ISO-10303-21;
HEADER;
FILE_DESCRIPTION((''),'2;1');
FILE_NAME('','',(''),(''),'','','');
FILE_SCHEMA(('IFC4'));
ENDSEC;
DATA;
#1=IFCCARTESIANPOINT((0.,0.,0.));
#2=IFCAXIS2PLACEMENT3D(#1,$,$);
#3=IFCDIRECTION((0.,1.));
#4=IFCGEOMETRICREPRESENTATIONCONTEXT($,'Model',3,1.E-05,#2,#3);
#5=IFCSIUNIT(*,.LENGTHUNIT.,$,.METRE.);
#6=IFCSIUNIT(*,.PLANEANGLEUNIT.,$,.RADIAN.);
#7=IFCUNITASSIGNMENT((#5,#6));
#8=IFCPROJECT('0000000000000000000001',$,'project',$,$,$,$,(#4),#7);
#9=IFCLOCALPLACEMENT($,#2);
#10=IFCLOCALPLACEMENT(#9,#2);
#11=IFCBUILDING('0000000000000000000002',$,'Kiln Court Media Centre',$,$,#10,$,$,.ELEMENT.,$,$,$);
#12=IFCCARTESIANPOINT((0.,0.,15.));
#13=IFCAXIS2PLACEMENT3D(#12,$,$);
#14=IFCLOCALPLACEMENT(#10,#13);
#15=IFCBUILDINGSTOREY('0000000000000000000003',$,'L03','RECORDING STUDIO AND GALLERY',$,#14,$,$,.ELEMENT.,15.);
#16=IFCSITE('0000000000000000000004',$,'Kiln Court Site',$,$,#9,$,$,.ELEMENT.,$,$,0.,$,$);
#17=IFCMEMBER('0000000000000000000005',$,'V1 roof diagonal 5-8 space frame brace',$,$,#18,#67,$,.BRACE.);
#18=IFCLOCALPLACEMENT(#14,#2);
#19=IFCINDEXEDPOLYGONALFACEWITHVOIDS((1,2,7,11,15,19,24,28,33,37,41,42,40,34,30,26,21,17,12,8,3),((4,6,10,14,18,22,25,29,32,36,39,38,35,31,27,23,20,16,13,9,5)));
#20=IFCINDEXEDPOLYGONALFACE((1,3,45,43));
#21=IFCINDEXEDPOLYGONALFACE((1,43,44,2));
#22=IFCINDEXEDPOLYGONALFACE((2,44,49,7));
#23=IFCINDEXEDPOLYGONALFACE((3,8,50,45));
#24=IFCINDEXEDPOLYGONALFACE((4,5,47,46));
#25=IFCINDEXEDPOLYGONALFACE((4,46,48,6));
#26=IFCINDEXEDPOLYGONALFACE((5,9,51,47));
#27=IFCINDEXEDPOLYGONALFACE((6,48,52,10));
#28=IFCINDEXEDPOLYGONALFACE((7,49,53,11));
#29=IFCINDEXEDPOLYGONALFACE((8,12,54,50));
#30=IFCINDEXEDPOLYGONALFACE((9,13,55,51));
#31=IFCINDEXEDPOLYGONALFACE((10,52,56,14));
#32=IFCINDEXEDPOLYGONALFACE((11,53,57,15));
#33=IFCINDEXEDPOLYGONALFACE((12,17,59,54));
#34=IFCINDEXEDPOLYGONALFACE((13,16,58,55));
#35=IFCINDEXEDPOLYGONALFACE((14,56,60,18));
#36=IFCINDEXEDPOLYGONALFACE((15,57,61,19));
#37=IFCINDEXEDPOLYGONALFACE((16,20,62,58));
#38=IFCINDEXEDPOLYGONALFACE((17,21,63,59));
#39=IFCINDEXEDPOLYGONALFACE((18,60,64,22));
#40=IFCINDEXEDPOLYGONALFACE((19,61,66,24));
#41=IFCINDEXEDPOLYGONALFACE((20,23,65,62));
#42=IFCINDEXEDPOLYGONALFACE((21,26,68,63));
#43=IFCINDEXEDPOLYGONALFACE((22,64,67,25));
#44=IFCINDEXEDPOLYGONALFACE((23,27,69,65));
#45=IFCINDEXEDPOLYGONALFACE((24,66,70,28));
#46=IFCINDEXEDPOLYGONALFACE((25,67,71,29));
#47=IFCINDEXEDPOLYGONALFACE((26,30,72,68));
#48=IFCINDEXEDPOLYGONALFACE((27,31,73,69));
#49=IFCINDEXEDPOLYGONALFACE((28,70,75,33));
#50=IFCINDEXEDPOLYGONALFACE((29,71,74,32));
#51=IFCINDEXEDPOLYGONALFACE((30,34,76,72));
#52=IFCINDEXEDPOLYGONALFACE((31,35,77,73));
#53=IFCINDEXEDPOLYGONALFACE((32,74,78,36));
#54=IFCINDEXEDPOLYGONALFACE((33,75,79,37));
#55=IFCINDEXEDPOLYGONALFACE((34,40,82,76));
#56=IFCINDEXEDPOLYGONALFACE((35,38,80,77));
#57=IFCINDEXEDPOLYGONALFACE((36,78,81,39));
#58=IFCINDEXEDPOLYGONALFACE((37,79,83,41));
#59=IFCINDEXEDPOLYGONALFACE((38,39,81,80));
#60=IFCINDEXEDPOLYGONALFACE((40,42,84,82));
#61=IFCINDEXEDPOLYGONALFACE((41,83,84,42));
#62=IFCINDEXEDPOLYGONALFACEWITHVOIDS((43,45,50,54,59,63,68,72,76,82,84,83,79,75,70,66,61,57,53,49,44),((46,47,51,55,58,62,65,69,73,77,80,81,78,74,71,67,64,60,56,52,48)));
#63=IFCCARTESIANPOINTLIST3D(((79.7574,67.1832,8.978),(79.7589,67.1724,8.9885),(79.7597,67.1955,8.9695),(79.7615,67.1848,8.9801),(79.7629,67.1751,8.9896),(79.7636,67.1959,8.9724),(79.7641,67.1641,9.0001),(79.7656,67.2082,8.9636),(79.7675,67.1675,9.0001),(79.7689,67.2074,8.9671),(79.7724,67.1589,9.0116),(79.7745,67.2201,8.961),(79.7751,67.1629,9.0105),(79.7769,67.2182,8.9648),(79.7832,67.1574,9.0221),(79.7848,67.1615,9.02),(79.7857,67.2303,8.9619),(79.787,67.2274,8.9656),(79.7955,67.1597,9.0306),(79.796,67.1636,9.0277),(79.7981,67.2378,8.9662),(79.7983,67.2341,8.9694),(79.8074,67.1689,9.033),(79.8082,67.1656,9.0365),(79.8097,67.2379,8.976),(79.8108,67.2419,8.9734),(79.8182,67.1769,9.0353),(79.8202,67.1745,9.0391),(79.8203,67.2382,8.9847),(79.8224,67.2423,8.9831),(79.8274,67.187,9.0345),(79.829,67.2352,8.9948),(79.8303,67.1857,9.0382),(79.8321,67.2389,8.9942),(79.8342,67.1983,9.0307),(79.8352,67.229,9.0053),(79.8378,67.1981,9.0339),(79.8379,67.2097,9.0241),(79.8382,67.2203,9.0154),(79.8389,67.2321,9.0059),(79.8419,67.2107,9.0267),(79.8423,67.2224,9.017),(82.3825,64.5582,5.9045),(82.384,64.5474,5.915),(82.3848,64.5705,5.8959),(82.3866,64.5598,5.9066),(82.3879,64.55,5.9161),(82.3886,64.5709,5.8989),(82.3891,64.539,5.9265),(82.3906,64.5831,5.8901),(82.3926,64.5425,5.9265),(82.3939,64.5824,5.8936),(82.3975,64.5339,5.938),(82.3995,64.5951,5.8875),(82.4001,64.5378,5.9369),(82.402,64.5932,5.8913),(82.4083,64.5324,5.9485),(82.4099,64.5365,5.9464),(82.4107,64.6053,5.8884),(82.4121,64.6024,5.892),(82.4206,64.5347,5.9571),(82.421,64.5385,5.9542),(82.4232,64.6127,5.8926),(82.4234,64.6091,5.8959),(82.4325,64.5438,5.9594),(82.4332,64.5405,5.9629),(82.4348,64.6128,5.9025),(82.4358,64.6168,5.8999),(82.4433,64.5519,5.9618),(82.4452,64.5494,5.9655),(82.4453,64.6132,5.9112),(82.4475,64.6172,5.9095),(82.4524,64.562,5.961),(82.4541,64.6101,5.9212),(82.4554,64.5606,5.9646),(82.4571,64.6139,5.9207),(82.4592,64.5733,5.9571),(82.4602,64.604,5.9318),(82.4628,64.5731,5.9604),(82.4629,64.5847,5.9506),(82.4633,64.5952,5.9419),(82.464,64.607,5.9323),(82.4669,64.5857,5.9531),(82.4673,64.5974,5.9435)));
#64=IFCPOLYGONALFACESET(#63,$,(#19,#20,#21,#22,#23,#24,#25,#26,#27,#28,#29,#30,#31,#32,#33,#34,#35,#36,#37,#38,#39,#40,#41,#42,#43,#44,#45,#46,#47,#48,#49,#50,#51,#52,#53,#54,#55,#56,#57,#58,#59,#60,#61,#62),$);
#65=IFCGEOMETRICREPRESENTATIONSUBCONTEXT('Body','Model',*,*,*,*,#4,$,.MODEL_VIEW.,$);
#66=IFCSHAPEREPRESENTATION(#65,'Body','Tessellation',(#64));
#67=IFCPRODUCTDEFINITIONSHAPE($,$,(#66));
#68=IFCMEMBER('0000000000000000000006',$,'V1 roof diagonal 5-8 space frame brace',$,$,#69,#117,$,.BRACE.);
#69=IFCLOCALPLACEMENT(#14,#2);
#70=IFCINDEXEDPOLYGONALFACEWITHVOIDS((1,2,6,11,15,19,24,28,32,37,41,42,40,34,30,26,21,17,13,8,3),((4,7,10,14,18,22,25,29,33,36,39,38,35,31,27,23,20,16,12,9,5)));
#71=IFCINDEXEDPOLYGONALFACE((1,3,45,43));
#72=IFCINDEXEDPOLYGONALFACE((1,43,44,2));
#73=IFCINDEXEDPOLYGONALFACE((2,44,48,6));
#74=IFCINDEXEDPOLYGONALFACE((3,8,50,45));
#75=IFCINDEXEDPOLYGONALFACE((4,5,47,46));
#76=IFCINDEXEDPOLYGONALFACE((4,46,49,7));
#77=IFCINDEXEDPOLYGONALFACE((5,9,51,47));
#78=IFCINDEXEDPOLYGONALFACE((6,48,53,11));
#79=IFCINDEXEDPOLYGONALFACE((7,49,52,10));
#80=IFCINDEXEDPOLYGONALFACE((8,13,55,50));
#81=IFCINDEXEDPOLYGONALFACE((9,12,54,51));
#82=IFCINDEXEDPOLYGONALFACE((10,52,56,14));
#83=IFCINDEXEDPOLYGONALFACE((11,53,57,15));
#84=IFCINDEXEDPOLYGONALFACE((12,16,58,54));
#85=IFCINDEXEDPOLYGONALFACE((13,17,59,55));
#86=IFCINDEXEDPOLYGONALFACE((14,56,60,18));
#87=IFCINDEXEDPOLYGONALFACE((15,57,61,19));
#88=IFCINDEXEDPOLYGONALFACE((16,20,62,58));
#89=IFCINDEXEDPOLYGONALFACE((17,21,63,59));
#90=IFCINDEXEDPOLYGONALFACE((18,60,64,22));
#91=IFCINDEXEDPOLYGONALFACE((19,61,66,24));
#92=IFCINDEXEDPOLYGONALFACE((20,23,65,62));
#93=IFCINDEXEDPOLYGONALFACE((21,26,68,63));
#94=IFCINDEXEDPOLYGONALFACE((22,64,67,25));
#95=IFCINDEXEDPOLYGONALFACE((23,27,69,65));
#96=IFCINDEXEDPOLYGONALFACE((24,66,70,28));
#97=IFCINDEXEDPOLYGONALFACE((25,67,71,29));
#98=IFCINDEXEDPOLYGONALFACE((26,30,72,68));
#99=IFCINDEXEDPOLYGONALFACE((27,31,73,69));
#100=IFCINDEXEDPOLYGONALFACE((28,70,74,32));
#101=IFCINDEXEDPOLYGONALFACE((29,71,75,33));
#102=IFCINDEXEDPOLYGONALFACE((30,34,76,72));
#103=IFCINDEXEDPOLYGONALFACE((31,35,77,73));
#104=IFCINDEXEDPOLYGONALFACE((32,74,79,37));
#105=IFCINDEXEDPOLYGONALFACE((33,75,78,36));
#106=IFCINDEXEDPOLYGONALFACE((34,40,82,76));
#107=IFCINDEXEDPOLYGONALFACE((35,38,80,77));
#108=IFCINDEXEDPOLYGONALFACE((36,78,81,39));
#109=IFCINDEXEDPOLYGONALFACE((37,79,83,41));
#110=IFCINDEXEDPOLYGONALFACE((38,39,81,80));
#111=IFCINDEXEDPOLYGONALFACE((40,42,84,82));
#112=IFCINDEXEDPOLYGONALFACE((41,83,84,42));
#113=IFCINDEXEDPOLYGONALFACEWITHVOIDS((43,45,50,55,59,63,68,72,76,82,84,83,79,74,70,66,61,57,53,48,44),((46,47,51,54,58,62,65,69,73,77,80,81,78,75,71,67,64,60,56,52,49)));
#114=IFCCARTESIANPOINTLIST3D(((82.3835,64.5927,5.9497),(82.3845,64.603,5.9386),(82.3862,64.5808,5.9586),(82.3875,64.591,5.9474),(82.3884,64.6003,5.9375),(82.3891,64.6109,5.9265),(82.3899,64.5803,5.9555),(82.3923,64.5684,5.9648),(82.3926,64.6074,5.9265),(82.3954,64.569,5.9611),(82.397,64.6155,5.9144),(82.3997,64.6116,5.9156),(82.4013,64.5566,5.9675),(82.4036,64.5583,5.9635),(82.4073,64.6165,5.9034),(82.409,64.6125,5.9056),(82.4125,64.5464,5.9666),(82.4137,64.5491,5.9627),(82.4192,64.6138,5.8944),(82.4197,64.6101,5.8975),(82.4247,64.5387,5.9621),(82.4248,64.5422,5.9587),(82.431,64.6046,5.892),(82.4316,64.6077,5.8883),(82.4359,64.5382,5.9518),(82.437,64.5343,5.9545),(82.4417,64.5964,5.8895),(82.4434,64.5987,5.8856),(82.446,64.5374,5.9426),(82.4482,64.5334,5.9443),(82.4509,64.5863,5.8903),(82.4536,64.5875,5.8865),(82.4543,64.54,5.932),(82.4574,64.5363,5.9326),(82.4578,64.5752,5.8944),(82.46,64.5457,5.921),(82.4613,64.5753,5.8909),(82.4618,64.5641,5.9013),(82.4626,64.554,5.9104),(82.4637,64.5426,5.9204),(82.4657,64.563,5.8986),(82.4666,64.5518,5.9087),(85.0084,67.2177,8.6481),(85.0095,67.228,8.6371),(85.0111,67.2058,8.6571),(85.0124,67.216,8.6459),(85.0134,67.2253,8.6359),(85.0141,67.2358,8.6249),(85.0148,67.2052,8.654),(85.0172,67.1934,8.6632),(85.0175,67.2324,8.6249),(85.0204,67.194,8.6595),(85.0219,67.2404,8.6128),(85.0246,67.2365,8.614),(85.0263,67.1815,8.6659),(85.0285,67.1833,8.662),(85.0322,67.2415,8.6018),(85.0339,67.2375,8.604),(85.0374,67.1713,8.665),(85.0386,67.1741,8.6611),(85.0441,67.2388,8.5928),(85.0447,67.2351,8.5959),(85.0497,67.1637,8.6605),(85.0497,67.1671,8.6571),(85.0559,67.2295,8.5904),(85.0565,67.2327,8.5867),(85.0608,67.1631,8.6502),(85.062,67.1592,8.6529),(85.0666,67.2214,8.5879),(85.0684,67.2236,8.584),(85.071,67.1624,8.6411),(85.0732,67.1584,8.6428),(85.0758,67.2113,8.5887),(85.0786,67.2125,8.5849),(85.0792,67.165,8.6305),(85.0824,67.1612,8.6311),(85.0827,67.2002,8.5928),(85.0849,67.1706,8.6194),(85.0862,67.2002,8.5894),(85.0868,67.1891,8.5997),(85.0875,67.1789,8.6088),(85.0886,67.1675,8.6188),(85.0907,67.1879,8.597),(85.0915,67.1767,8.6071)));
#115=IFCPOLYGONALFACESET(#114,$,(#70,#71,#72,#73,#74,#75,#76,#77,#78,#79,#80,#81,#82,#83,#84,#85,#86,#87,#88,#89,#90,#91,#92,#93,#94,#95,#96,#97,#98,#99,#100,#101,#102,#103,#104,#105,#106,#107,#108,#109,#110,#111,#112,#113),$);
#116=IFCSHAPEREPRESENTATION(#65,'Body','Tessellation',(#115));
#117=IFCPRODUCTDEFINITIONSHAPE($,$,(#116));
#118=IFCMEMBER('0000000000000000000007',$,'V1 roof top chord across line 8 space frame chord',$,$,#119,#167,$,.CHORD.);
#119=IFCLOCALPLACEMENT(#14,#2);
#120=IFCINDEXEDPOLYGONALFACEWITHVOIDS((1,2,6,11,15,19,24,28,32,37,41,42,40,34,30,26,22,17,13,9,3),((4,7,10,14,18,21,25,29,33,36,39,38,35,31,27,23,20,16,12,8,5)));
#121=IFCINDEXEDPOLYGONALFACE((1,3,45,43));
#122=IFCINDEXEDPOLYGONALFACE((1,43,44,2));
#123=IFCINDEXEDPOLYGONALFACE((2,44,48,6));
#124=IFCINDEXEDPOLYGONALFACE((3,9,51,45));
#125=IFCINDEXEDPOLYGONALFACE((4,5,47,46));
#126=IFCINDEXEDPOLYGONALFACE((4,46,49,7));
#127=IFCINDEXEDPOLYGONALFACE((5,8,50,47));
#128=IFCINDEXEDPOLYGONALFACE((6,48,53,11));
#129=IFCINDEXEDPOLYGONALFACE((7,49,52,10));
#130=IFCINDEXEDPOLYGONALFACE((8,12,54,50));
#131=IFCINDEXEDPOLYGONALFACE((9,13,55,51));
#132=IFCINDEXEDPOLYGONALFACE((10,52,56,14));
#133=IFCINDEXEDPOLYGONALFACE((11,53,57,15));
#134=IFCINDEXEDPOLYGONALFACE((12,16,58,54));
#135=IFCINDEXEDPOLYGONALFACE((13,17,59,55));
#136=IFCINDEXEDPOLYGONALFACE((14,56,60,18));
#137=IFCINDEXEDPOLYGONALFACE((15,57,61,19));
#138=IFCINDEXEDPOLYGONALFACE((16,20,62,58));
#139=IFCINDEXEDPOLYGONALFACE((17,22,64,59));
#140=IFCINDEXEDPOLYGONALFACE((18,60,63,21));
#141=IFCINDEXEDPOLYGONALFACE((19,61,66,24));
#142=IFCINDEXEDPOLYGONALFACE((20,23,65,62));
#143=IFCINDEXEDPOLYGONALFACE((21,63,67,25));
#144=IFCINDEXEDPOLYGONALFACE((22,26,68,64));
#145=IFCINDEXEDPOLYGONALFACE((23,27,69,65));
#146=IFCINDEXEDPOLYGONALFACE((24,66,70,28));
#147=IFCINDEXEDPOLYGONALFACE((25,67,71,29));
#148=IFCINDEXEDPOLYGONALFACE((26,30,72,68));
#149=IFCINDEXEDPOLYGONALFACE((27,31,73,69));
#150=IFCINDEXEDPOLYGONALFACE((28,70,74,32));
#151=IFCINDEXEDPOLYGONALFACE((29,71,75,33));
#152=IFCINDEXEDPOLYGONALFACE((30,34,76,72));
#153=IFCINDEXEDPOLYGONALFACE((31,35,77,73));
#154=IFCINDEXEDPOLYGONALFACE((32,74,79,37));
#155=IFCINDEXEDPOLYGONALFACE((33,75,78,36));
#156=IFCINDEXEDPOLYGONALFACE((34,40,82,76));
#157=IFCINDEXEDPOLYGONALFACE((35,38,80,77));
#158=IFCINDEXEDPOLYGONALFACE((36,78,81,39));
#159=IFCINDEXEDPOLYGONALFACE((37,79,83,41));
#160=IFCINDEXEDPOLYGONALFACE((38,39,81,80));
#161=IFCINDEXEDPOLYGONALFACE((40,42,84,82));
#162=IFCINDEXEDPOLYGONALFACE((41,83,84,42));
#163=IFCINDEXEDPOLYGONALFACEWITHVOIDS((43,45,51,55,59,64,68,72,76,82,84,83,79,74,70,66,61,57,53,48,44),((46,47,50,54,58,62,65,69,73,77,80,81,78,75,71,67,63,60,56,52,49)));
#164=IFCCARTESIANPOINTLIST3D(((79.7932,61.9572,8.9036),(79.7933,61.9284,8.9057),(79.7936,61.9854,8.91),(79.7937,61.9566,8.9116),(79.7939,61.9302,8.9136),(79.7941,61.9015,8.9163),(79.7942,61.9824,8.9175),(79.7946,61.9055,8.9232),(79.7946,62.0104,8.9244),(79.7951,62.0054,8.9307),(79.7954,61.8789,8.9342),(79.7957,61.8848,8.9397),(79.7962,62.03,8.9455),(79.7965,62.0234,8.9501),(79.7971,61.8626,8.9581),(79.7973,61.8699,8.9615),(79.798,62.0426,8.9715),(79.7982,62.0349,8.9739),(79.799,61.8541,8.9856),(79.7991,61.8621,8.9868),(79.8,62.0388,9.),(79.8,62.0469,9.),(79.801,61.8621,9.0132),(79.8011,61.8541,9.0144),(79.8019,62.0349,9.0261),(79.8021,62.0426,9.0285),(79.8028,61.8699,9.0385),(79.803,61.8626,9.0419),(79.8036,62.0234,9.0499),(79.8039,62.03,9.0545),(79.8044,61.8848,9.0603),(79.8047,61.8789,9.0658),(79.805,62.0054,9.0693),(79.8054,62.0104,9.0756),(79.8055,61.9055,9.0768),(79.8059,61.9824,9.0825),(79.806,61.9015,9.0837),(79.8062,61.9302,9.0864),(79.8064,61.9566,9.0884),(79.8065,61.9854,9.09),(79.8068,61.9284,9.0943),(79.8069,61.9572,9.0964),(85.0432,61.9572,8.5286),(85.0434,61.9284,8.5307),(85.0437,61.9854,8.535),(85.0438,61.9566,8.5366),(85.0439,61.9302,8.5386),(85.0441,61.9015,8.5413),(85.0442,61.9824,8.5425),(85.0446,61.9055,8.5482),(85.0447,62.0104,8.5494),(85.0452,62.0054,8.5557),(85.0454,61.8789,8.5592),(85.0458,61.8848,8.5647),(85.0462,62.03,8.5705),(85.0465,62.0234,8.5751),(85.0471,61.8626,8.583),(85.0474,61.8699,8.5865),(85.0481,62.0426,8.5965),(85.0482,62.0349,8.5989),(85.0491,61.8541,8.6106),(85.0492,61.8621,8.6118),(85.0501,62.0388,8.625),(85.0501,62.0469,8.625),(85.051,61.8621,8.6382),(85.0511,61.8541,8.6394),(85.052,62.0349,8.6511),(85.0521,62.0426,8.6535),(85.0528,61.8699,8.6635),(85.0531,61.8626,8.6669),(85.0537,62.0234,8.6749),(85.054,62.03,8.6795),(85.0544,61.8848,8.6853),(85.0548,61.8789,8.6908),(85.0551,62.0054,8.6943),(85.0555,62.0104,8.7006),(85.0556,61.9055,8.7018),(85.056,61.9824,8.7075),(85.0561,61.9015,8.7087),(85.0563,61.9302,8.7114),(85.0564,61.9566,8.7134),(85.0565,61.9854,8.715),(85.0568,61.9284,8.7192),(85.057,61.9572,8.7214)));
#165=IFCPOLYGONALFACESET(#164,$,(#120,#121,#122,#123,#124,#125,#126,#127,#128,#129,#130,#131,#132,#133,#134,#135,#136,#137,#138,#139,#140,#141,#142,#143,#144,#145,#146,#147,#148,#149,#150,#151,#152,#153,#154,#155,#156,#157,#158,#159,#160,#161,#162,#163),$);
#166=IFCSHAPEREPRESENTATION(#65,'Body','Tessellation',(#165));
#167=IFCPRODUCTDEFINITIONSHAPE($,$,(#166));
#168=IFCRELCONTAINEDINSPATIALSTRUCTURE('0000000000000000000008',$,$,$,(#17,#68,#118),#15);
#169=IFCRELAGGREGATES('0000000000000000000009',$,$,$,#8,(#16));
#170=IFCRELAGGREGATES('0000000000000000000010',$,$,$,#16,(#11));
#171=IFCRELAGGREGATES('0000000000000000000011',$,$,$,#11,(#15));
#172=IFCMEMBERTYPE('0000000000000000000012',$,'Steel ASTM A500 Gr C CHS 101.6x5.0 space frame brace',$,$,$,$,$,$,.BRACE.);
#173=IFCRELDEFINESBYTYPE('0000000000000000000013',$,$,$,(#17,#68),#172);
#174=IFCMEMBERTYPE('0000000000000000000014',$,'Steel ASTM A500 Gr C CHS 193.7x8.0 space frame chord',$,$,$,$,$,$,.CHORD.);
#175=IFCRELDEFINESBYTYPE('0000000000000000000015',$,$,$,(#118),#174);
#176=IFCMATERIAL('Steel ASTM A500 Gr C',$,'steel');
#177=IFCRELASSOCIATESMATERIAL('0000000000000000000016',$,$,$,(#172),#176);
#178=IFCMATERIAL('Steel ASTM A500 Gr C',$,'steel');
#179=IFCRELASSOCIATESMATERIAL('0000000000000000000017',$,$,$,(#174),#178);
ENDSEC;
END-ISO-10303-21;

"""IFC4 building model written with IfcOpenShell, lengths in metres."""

from ifc_helpers import new_model, si_unit, direction, frame, origin, origin_2d, place, context, subcontext, project, spatial, hollow_circle, extrude, material, material_profile, profile_set, type_object, element, save


model = new_model("IFC4")

# Units and contexts
model_context = context("Model", 3, precision=1e-05, world=origin(), true_north=direction((0.0, 1.0)))
body_context = subcontext(model_context, "Body", "Model", "MODEL_VIEW")
ifc_project = project(units=[si_unit("LENGTHUNIT", "METRE"), si_unit("PLANEANGLEUNIT", "RADIAN")], contexts=[model_context])

# Site, building, storey
site_placement = place(None, origin())
site = spatial("IfcSite", under=ifc_project, at=site_placement, Name="Kiln Court Site", CompositionType="ELEMENT", RefElevation=0.0)
building_placement = place(site_placement, origin())
building = spatial("IfcBuilding", under=site, at=building_placement, Name="Kiln Court Media Centre", CompositionType="ELEMENT")
storey_placement = place(building_placement, frame((0.0, 0.0, 15.0)))
storey = spatial("IfcBuildingStorey", under=building, at=storey_placement, Name="L03", Description="RECORDING STUDIO AND GALLERY", CompositionType="ELEMENT", Elevation=15.0)

# Members
ifc_material_1 = material(Name="Steel ASTM A500 Gr C", Category="steel")
ifc_material_profile_1 = material_profile(ifc_material_1, hollow_circle(Radius=0.0508, WallThickness=0.0049, at=origin_2d()), Name="CHS 101.6x5.0")
ifc_profile_set_1 = profile_set([ifc_material_profile_1], Name="Steel ASTM A500 Gr C")
member_type_1 = type_object("IfcMemberType", Name="Steel ASTM A500 Gr C CHS 101.6x5.0 space frame brace", PredefinedType="BRACE", material=ifc_profile_set_1)
member_1_placement = place(storey_placement, frame((82.425, 64.575, 5.9265), z_axis=(-0.544662, 0.544662, 0.637719), x_axis=(-0.707107, -0.707107, 0.0)))
element("IfcMember", 1, at=member_1_placement, inside=storey, type_object=member_type_1, Name="V1 roof diagonal 5-8 space frame brace", PredefinedType="BRACE", context=body_context, shape_type="SweptSolid", body=[
    extrude(hollow_circle(Radius=0.0508, WallThickness=0.0049, at=origin_2d()), origin(), (0.0, 0.0, 1.0), 4.8196),
])
member_2_placement = place(storey_placement, frame((82.425, 64.575, 5.9265), z_axis=(0.571964, 0.571964, 0.587976), x_axis=(-0.707107, 0.707107, 0.0)))
element("IfcMember", 2, at=member_2_placement, inside=storey, type_object=member_type_1, Name="V1 roof diagonal 5-8 space frame brace", PredefinedType="BRACE", context=body_context, shape_type="SweptSolid", body=[
    extrude(hollow_circle(Radius=0.0508, WallThickness=0.0049, at=origin_2d()), origin(), (0.0, 0.0, 1.0), 4.5894),
])
ifc_material_2 = material(Name="Steel ASTM A500 Gr C", Category="steel")
ifc_material_profile_2 = material_profile(ifc_material_2, hollow_circle(Radius=0.0969, WallThickness=0.0081, at=origin_2d()), Name="CHS 193.7x8.0")
ifc_profile_set_2 = profile_set([ifc_material_profile_2], Name="Steel ASTM A500 Gr C")
member_type_2 = type_object("IfcMemberType", Name="Steel ASTM A500 Gr C CHS 193.7x8.0 space frame chord", PredefinedType="CHORD", material=ifc_profile_set_2)
member_3_placement = place(storey_placement, frame((79.8, 61.95, 9.0), z_axis=(0.997459, 0.0, -0.071247), x_axis=(0.0, 1.0, 0.0)))
element("IfcMember", 3, at=member_3_placement, inside=storey, type_object=member_type_2, Name="V1 roof top chord across line 8 space frame chord", PredefinedType="CHORD", context=body_context, shape_type="SweptSolid", body=[
    extrude(hollow_circle(Radius=0.0969, WallThickness=0.0081, at=origin_2d()), origin(), (0.0, 0.0, 1.0), 5.2634),
])

save(model, "model.ifc")
